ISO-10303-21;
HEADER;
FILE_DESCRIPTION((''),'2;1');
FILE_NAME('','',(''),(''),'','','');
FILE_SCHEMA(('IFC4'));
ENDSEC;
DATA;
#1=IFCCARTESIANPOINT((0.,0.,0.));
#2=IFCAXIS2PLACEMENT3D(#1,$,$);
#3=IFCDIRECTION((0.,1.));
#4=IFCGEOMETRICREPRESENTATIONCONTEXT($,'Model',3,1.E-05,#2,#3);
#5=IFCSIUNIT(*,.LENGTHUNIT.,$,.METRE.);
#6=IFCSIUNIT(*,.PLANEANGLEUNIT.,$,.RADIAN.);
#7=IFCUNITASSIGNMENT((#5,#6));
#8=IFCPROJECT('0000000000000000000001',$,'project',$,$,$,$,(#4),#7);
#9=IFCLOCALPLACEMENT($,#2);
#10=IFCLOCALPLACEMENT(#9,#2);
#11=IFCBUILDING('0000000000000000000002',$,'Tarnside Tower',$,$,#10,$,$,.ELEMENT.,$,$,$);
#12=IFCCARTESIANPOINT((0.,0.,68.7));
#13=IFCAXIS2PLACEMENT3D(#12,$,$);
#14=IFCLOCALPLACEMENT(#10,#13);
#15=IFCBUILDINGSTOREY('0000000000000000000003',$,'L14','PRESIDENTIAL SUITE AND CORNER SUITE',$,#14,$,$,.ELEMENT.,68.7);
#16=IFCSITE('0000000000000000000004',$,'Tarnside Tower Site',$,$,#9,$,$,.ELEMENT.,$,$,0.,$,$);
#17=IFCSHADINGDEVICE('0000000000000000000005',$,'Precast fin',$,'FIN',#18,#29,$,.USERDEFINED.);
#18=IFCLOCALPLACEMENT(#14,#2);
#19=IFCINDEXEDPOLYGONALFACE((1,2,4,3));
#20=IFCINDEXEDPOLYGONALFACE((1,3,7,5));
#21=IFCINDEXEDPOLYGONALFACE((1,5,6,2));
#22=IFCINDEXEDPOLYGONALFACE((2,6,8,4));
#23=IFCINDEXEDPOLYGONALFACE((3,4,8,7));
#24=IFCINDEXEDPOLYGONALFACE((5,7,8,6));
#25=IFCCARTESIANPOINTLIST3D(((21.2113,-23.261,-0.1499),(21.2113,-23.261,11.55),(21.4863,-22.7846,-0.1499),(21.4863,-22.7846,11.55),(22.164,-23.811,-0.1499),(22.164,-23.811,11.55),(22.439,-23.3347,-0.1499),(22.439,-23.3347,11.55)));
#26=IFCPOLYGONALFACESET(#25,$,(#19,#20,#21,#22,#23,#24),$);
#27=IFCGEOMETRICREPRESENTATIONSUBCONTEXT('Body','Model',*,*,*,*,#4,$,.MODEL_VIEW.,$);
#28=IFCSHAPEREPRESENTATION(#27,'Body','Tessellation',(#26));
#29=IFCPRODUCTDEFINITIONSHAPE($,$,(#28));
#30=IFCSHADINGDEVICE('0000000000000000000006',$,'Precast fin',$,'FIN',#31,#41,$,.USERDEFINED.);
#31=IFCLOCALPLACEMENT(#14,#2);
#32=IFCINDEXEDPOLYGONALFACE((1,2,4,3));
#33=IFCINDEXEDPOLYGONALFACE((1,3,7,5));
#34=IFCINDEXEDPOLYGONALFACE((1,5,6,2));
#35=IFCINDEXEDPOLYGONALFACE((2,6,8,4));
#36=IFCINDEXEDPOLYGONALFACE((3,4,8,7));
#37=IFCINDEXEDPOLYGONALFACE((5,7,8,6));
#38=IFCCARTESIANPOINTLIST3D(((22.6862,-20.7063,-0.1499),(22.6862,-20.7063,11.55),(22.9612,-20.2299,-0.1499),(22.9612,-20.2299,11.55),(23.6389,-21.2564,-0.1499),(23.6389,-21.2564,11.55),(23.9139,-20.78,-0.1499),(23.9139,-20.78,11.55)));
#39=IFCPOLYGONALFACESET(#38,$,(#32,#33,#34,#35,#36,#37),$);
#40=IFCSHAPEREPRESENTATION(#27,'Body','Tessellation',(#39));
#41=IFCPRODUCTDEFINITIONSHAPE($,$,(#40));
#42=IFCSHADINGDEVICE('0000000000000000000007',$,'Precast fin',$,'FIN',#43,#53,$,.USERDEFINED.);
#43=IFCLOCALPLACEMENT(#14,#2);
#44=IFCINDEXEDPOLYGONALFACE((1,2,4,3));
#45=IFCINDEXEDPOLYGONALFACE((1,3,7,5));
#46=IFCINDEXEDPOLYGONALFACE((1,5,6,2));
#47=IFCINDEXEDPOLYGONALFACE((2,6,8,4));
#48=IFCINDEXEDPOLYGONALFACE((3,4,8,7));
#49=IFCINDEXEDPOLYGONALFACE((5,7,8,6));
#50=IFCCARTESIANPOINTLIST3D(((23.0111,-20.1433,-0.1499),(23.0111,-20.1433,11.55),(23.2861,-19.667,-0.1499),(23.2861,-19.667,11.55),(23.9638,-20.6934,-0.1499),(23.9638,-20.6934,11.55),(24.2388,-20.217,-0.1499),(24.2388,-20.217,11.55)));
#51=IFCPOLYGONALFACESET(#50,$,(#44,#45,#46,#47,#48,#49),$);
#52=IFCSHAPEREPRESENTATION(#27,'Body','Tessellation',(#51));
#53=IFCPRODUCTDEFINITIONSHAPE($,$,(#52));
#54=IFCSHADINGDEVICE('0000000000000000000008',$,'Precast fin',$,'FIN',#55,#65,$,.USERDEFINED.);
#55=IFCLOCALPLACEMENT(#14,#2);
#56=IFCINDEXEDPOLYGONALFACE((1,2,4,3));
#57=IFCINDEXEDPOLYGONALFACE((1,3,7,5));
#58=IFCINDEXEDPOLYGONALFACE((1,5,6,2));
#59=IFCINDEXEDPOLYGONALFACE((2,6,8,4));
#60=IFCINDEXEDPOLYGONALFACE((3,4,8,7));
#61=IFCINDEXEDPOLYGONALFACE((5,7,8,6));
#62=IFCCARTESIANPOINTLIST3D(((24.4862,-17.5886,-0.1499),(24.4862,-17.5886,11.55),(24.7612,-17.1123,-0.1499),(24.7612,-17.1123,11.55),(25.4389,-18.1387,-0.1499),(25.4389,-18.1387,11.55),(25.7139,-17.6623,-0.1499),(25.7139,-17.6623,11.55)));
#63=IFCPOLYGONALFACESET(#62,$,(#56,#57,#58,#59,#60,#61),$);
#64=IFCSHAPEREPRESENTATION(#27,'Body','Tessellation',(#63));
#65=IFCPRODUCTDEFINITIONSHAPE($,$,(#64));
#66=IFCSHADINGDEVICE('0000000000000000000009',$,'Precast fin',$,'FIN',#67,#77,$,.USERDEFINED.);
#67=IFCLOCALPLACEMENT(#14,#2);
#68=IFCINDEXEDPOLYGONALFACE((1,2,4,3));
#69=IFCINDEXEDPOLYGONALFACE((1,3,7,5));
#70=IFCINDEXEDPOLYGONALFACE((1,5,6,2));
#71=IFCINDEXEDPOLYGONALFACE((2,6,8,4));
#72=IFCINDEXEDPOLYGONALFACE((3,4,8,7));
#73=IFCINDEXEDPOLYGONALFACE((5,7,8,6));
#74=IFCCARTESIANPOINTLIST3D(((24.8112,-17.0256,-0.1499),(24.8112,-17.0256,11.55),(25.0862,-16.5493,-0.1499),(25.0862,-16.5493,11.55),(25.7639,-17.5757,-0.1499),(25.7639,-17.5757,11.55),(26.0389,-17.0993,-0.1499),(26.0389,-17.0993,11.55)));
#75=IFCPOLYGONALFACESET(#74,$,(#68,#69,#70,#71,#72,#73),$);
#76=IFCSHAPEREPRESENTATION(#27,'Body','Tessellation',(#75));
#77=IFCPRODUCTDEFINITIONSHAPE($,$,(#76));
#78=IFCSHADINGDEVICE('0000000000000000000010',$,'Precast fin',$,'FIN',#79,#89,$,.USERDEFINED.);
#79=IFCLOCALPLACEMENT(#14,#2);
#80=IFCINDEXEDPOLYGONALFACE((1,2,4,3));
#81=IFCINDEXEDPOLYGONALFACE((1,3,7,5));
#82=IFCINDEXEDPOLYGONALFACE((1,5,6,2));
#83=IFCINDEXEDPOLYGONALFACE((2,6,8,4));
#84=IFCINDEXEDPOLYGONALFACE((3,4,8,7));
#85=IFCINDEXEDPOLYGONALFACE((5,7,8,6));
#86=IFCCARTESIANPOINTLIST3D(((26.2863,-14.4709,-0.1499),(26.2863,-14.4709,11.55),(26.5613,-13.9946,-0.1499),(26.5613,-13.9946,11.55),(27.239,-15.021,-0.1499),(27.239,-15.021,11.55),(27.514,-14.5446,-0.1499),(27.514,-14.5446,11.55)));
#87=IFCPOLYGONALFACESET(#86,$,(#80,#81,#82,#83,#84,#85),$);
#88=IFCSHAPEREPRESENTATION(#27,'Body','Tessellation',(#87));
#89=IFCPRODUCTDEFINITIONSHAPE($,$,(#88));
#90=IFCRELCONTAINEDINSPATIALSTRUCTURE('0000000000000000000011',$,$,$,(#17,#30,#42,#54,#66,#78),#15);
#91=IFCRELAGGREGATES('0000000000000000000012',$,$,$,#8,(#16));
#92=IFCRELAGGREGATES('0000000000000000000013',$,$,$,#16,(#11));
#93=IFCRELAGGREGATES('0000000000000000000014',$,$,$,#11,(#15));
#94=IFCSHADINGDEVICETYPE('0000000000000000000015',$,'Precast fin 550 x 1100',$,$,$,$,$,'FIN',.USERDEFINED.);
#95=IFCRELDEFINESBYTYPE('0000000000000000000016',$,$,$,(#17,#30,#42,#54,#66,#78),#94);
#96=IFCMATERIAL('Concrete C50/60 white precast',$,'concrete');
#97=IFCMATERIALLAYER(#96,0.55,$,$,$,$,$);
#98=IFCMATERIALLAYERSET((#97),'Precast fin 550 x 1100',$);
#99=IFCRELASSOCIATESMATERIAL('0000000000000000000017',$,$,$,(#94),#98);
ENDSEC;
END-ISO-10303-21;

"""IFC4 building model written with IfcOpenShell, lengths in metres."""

from ifc_helpers import new_model, si_unit, direction, frame, origin, place, context, subcontext, project, spatial, polyline, outline, extrude, material, layer, layer_set, type_object, element, save


model = new_model("IFC4")

# Units and contexts
model_context = context("Model", 3, precision=1e-05, world=origin(), true_north=direction((0.0, 1.0)))
body_context = subcontext(model_context, "Body", "Model", "MODEL_VIEW")
ifc_project = project(units=[si_unit("LENGTHUNIT", "METRE"), si_unit("PLANEANGLEUNIT", "RADIAN")], contexts=[model_context])

# Site, building, storey
site_placement = place(None, origin())
site = spatial("IfcSite", under=ifc_project, at=site_placement, Name="Tarnside Tower Site", CompositionType="ELEMENT", RefElevation=0.0)
building_placement = place(site_placement, origin())
building = spatial("IfcBuilding", under=site, at=building_placement, Name="Tarnside Tower", CompositionType="ELEMENT")
storey_placement = place(building_placement, frame((0.0, 0.0, 68.7)))
storey = spatial("IfcBuildingStorey", under=building, at=storey_placement, Name="L14", Description="PRESIDENTIAL SUITE AND CORNER SUITE", CompositionType="ELEMENT", Elevation=68.7)

# Shading devices
ifc_material_1 = material(Name="Concrete C50/60 white precast", Category="concrete")
ifc_layer_1 = layer(ifc_material_1, 0.55)
ifc_layer_set_1 = layer_set([ifc_layer_1], Name="Precast fin 550 x 1100")
shading_device_type = type_object("IfcShadingDeviceType", Name="Precast fin 550 x 1100", ElementType="FIN", PredefinedType="USERDEFINED", material=ifc_layer_set_1)
for number, where, z_axis, x_axis, name in (
    (1, (21.3489, -23.0227, -0.1499), (-0.5, -0.866025, 0.0), (0.866025, -0.5, 0.0), "Precast fin"),
    (2, (22.8237, -20.468, -0.1499), (-0.5, -0.866025, 0.0), (0.866025, -0.5, 0.0), "Precast fin"),
    (3, (23.1487, -19.905, -0.1499), (-0.5, -0.866025, 0.0), (0.866025, -0.5, 0.0), "Precast fin"),
    (4, (24.6238, -17.3503, -0.1499), (-0.5, -0.866025, 0.0), (0.866025, -0.5, 0.0), "Precast fin"),
    (5, (24.9487, -16.7874, -0.1499), (-0.5, -0.866025, 0.0), (0.866025, -0.5, 0.0), "Precast fin"),
    (6, (26.4238, -14.2327, -0.1499), (-0.5, -0.866025, 0.0), (0.866025, -0.5, 0.0), "Precast fin"),
):
    element("IfcShadingDevice", number, at=place(storey_placement, frame(where, z_axis=z_axis, x_axis=x_axis)), inside=storey, type_object=shading_device_type, Name=name, ObjectType="FIN", PredefinedType="USERDEFINED", context=body_context, shape_type="SweptSolid", body=[
        extrude(outline(polyline([(0.0, 0.0), (1.1001, 0.0), (1.1001, 11.7), (0.0, 11.7), (0.0, 0.0)])), frame((0.0, 0.0, -0.2749)), (0.0, 0.0, 1.0), 0.55),
    ])

save(model, "model.ifc")
